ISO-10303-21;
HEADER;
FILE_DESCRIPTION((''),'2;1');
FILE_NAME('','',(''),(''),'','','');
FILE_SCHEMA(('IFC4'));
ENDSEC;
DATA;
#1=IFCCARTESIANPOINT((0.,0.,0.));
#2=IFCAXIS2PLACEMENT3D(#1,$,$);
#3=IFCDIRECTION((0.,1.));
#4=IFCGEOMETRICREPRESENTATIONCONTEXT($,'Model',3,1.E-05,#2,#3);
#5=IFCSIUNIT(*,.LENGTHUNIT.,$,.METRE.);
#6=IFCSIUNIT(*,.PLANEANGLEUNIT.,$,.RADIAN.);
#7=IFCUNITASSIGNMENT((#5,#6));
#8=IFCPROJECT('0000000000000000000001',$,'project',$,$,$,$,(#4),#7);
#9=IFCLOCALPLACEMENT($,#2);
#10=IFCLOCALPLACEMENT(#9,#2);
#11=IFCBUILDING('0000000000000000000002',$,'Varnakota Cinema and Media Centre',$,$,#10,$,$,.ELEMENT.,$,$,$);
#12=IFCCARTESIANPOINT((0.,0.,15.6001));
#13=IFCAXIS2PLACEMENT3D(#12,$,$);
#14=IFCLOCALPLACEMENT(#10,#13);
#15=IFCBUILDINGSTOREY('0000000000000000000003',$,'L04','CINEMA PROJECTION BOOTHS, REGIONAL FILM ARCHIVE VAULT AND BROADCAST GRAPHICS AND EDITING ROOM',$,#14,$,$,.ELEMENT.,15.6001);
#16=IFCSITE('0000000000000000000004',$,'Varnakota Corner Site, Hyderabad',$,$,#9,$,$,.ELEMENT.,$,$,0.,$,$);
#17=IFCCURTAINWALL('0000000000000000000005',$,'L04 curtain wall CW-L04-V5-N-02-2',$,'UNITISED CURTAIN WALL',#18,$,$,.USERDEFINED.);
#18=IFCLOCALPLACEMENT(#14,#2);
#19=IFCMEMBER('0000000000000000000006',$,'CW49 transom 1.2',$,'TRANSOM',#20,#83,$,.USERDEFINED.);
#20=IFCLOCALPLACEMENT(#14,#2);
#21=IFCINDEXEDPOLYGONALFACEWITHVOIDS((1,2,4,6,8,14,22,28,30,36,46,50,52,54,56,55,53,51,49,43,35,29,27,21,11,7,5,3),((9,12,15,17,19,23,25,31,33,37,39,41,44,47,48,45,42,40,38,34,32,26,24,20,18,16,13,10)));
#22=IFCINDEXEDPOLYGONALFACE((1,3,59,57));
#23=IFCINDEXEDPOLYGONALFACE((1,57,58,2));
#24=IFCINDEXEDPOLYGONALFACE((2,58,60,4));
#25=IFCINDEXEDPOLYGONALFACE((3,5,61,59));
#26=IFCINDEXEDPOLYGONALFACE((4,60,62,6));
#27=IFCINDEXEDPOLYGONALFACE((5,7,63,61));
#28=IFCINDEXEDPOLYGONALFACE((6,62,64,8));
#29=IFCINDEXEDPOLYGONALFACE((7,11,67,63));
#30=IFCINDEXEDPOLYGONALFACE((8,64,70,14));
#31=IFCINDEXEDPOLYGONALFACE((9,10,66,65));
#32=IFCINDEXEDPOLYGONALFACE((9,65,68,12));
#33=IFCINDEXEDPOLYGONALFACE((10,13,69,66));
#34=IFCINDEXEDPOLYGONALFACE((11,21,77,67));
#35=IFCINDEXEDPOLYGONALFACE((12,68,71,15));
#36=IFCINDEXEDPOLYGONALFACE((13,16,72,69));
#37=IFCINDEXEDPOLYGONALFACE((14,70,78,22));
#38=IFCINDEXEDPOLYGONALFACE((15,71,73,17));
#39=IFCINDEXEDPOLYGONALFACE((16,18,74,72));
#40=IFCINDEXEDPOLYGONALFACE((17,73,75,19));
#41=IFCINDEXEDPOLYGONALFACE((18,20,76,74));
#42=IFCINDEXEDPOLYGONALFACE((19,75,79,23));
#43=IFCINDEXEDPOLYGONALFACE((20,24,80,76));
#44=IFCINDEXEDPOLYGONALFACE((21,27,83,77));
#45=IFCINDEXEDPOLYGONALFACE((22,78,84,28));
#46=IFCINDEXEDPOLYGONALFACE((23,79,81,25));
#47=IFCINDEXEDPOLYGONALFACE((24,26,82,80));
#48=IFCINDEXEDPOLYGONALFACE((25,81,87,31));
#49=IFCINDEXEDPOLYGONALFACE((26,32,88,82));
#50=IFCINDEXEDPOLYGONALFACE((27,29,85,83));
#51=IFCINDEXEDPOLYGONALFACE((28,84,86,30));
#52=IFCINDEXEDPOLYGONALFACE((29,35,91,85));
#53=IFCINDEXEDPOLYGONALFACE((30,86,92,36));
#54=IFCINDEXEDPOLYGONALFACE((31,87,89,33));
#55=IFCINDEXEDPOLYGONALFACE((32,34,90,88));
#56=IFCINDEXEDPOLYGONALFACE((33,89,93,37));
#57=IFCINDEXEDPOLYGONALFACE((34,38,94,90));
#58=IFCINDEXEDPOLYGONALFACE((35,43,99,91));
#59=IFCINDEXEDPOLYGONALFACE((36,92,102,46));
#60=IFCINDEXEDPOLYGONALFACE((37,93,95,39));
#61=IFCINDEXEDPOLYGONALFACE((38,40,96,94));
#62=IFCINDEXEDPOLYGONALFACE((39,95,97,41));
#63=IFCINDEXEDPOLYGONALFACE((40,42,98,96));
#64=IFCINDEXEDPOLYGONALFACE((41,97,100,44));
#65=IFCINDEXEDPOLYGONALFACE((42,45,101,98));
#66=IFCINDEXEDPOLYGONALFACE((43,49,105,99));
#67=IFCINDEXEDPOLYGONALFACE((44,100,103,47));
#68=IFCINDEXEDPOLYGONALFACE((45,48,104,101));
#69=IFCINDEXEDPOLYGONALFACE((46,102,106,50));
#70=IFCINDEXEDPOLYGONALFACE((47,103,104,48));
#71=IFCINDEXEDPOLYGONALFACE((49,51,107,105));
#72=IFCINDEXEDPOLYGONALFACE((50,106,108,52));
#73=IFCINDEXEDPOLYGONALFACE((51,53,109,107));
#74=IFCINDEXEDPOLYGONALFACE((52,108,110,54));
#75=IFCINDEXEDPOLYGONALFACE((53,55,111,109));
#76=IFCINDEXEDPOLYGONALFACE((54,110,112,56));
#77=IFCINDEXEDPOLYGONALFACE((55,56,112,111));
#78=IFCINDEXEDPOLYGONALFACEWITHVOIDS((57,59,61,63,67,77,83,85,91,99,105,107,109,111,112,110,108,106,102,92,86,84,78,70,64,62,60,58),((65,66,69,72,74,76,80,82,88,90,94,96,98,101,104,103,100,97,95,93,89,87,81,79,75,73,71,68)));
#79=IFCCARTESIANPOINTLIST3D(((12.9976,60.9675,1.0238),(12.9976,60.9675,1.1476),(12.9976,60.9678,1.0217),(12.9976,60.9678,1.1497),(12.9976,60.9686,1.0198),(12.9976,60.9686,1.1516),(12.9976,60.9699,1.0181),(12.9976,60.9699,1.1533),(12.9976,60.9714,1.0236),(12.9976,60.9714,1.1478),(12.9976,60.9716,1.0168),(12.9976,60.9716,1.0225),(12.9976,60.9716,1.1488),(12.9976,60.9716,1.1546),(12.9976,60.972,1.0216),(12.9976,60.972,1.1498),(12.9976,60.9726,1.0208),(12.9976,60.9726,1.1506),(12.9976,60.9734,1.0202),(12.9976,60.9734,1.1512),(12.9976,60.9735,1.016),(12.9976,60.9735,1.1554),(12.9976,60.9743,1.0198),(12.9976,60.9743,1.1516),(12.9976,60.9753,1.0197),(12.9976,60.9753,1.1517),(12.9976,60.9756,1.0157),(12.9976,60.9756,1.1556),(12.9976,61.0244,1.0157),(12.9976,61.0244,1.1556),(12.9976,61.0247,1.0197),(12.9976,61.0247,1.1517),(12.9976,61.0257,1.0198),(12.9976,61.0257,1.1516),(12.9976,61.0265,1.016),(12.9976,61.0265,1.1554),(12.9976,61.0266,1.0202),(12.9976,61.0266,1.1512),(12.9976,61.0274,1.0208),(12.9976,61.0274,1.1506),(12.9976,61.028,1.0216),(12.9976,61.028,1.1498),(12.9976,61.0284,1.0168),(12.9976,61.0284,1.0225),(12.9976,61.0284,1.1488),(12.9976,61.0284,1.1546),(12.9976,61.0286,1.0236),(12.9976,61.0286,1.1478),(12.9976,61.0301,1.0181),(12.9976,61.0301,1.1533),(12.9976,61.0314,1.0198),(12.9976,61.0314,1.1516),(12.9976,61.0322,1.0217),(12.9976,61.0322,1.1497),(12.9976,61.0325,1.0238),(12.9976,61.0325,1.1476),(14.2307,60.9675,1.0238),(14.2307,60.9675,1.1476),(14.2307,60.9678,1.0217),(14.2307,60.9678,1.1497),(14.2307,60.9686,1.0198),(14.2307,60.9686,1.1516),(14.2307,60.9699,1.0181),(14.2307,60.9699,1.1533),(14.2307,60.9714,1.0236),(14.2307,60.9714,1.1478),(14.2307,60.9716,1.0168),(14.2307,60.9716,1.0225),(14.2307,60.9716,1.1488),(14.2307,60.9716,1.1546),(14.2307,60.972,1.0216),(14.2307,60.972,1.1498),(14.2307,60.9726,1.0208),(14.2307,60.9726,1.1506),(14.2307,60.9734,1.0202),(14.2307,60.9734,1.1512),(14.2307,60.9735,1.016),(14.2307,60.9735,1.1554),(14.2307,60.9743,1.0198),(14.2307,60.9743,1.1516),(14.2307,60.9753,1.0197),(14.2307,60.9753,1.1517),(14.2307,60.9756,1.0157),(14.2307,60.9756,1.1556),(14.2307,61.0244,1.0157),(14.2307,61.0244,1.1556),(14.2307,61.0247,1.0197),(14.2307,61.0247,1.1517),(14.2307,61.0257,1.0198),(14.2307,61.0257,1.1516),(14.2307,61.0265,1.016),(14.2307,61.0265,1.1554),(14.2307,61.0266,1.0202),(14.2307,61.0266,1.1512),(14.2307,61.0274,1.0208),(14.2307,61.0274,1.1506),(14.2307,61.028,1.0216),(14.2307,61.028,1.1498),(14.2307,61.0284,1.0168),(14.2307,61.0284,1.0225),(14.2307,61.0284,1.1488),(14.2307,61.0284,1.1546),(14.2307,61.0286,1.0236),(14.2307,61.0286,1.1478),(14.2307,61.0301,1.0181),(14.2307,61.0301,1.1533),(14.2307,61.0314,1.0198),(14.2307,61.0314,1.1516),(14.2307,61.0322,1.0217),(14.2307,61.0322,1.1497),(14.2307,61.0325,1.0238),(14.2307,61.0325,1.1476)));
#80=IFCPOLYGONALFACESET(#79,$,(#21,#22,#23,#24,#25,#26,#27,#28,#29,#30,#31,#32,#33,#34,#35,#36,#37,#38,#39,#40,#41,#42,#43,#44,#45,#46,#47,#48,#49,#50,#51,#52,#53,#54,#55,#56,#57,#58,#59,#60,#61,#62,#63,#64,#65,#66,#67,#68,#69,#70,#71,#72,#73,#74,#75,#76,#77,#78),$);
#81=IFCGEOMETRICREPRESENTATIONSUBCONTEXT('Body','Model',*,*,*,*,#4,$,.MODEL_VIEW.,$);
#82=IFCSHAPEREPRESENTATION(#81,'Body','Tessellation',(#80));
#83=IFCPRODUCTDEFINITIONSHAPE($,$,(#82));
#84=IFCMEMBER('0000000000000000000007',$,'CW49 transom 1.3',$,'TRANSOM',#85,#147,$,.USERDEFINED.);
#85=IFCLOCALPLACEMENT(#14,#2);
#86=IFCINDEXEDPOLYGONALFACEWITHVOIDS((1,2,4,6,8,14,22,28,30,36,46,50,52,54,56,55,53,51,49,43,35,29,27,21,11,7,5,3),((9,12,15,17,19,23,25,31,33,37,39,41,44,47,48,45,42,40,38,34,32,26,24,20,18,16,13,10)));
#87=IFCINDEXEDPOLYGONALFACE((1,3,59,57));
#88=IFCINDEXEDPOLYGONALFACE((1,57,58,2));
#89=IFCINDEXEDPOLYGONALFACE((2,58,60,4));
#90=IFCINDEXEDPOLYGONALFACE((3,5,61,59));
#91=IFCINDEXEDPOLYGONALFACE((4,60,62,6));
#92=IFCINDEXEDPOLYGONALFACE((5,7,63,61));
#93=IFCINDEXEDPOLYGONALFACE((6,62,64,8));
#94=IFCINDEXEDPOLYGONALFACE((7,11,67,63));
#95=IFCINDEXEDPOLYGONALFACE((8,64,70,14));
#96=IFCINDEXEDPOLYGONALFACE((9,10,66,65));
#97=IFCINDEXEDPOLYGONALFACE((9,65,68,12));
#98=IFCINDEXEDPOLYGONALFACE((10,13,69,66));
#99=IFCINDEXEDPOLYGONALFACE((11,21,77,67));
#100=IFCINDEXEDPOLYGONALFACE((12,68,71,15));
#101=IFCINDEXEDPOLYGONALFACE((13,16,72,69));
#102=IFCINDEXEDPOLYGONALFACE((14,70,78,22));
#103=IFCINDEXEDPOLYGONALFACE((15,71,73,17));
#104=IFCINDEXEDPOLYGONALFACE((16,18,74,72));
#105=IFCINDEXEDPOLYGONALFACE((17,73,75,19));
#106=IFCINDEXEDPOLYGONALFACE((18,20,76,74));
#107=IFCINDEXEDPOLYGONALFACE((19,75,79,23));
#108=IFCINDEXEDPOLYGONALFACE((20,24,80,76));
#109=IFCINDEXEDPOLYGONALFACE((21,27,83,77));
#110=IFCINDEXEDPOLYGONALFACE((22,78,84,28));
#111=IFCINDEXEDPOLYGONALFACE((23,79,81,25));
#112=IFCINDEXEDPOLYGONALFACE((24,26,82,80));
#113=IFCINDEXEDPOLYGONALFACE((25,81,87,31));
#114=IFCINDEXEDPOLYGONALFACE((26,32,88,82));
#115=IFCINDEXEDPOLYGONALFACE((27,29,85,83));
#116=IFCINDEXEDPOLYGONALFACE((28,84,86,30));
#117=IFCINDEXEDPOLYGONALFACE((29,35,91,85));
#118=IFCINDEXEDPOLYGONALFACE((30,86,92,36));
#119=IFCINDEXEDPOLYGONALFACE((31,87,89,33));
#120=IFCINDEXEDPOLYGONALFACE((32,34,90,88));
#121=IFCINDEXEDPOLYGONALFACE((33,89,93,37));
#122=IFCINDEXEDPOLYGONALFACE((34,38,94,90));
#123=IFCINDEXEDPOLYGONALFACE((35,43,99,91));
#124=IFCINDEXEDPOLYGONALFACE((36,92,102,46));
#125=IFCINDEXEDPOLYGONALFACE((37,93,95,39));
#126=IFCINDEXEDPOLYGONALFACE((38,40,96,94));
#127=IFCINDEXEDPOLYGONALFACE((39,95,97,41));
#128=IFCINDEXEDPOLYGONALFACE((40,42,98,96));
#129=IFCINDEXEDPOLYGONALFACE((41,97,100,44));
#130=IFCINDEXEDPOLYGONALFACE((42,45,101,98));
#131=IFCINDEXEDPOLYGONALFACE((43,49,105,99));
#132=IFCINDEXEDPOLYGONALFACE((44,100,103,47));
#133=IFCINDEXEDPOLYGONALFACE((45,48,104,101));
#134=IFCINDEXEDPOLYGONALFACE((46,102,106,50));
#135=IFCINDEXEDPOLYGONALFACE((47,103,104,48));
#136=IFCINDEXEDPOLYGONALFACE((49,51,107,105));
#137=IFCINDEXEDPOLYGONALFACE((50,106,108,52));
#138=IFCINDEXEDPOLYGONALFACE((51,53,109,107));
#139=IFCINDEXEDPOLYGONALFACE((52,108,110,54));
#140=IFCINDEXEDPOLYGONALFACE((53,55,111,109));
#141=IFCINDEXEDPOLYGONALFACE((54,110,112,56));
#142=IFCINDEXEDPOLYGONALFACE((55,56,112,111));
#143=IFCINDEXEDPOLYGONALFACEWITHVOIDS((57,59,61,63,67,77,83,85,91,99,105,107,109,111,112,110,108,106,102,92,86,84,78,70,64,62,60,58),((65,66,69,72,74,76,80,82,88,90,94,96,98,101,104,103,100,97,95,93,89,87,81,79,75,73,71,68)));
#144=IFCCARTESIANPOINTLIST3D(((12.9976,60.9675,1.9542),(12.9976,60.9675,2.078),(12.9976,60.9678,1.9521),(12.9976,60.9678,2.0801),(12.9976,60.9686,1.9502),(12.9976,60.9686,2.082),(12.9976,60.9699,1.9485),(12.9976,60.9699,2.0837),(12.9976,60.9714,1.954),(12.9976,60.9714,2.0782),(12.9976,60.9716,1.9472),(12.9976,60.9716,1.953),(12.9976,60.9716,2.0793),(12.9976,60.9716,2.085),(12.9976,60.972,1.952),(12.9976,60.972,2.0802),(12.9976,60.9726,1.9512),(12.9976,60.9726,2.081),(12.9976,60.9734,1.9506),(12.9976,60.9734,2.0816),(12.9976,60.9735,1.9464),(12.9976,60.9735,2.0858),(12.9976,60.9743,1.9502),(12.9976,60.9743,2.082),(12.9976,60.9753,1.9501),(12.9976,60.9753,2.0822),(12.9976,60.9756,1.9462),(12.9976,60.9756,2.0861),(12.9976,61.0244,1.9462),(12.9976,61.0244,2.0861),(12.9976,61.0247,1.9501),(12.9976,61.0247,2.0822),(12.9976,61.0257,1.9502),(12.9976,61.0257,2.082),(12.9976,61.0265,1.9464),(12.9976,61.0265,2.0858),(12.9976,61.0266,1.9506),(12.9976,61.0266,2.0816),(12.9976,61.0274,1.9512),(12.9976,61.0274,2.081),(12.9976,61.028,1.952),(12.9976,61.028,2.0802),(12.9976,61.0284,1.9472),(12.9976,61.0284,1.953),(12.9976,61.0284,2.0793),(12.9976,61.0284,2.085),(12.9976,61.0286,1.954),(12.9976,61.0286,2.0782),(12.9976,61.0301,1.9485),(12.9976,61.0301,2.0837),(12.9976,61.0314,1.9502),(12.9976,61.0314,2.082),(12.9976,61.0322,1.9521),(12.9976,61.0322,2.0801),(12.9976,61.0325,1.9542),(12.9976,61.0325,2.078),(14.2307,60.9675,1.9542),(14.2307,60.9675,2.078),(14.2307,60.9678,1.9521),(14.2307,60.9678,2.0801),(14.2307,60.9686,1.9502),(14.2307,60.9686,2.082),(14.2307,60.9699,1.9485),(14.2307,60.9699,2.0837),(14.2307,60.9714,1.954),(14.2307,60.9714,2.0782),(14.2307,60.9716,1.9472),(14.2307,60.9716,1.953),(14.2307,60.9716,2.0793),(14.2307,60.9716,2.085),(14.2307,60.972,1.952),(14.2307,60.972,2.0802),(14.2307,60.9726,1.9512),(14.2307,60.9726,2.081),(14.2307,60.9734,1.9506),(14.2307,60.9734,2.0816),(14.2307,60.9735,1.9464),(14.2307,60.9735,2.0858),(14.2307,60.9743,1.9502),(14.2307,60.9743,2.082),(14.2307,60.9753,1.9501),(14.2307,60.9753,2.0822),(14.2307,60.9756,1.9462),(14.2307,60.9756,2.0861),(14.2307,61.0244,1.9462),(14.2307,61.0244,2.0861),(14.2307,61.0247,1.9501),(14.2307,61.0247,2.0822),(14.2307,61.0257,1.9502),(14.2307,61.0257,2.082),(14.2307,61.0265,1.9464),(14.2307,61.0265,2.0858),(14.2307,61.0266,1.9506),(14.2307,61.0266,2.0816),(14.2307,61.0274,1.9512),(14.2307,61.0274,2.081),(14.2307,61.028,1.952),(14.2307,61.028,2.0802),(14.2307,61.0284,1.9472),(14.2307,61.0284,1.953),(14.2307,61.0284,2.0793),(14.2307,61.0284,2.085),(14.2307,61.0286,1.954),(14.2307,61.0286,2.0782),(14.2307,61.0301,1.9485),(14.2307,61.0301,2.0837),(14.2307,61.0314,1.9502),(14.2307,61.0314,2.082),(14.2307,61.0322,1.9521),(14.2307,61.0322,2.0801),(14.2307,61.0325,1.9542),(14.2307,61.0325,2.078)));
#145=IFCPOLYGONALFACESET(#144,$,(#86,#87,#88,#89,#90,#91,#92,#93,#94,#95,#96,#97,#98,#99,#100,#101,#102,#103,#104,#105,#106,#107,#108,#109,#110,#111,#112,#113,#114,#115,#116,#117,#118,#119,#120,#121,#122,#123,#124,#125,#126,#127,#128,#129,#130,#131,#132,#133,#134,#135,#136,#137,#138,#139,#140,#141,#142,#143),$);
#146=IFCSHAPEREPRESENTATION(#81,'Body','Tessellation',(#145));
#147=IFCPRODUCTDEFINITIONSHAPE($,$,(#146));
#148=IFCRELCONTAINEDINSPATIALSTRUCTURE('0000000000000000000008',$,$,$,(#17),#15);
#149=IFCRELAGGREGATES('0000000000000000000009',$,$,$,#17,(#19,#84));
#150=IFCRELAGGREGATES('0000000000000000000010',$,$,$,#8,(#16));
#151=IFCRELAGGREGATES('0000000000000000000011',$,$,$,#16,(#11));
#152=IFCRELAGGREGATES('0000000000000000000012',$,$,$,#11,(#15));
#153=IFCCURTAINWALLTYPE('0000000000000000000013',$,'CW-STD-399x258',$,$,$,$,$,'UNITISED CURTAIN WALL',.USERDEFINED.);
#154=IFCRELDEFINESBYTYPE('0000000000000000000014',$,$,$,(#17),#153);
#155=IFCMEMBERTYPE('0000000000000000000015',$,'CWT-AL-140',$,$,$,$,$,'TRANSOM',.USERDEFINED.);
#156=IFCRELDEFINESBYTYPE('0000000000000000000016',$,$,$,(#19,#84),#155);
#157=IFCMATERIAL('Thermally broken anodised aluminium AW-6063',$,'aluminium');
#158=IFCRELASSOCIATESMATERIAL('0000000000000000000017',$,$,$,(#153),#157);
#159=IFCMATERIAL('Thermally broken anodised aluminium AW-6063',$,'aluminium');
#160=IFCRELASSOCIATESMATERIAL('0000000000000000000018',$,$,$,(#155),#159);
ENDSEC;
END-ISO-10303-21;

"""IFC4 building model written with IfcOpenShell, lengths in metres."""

from ifc_helpers import new_model, si_unit, direction, frame, origin, origin_2d, place, context, subcontext, project, spatial, hollow_rectangle, extrude, material, material_profile, profile_set, type_object, element, aggregate, save


model = new_model("IFC4")

# Units and contexts
model_context = context("Model", 3, precision=1e-05, world=origin(), true_north=direction((0.0, 1.0)))
body_context = subcontext(model_context, "Body", "Model", "MODEL_VIEW")
ifc_project = project(units=[si_unit("LENGTHUNIT", "METRE"), si_unit("PLANEANGLEUNIT", "RADIAN")], contexts=[model_context])

# Site, building, storey
site_placement = place(None, origin())
site = spatial("IfcSite", under=ifc_project, at=site_placement, Name="Varnakota Corner Site, Hyderabad", CompositionType="ELEMENT", RefElevation=0.0)
building_placement = place(site_placement, origin())
building = spatial("IfcBuilding", under=site, at=building_placement, Name="Varnakota Cinema and Media Centre", CompositionType="ELEMENT")
storey_placement = place(building_placement, frame((0.0, 0.0, 15.6001)))
storey = spatial("IfcBuildingStorey", under=building, at=storey_placement, Name="L04", Description="CINEMA PROJECTION BOOTHS, REGIONAL FILM ARCHIVE VAULT AND BROADCAST GRAPHICS AND EDITING ROOM", CompositionType="ELEMENT", Elevation=15.6001)

# Shared definitions
ifc_material_1 = material(Name="Thermally broken anodised aluminium AW-6063", Category="aluminium")
curtain_wall_type = type_object("IfcCurtainWallType", Name="CW-STD-399x258", ElementType="UNITISED CURTAIN WALL", PredefinedType="USERDEFINED", material=ifc_material_1)

# Curtain wall, members
curtain_wall_1_placement = place(storey_placement, origin())
curtain_wall_1 = element("IfcCurtainWall", 1, at=curtain_wall_1_placement, inside=storey, type_object=curtain_wall_type, Name="L04 curtain wall CW-L04-V5-N-02-2", ObjectType="UNITISED CURTAIN WALL", PredefinedType="USERDEFINED")
ifc_material_2 = material(Name="Thermally broken anodised aluminium AW-6063", Category="aluminium")
ifc_material_profile_1 = material_profile(ifc_material_2, hollow_rectangle(XDim=0.0649, YDim=0.1399, WallThickness=0.0039, InnerFilletRadius=0.0039, OuterFilletRadius=0.0081, at=origin_2d()), Name="AL-TRANSOM 140x65x4")
ifc_profile_set_1 = profile_set([ifc_material_profile_1], Name="Thermally broken anodised aluminium AW-6063")
member_type_1 = type_object("IfcMemberType", Name="CWT-AL-140", ElementType="TRANSOM", PredefinedType="USERDEFINED", material=ifc_profile_set_1)
member_1_placement = place(storey_placement, frame((12.9976, 61.0, 1.0857), z_axis=(1.0, 0.0, 0.0), x_axis=(0.0, 1.0, 0.0)))
member_1 = element("IfcMember", 2, at=member_1_placement, type_object=member_type_1, Name="CW49 transom 1.2", ObjectType="TRANSOM", PredefinedType="USERDEFINED", context=body_context, shape_type="SweptSolid", body=[
    extrude(hollow_rectangle(XDim=0.0649, YDim=0.1399, WallThickness=0.0039, InnerFilletRadius=0.0039, OuterFilletRadius=0.0081, at=origin_2d()), origin(), (0.0, 0.0, 1.0), 1.2332),
])
member_2_placement = place(storey_placement, frame((12.9976, 61.0, 2.0161), z_axis=(1.0, 0.0, 0.0), x_axis=(0.0, 1.0, 0.0)))
member_2 = element("IfcMember", 3, at=member_2_placement, type_object=member_type_1, Name="CW49 transom 1.3", ObjectType="TRANSOM", PredefinedType="USERDEFINED", context=body_context, shape_type="SweptSolid", body=[
    extrude(hollow_rectangle(XDim=0.0649, YDim=0.1399, WallThickness=0.0039, InnerFilletRadius=0.0039, OuterFilletRadius=0.0081, at=origin_2d()), origin(), (0.0, 0.0, 1.0), 1.2332),
])

aggregate(curtain_wall_1, [member_1, member_2])

save(model, "model.ifc")
